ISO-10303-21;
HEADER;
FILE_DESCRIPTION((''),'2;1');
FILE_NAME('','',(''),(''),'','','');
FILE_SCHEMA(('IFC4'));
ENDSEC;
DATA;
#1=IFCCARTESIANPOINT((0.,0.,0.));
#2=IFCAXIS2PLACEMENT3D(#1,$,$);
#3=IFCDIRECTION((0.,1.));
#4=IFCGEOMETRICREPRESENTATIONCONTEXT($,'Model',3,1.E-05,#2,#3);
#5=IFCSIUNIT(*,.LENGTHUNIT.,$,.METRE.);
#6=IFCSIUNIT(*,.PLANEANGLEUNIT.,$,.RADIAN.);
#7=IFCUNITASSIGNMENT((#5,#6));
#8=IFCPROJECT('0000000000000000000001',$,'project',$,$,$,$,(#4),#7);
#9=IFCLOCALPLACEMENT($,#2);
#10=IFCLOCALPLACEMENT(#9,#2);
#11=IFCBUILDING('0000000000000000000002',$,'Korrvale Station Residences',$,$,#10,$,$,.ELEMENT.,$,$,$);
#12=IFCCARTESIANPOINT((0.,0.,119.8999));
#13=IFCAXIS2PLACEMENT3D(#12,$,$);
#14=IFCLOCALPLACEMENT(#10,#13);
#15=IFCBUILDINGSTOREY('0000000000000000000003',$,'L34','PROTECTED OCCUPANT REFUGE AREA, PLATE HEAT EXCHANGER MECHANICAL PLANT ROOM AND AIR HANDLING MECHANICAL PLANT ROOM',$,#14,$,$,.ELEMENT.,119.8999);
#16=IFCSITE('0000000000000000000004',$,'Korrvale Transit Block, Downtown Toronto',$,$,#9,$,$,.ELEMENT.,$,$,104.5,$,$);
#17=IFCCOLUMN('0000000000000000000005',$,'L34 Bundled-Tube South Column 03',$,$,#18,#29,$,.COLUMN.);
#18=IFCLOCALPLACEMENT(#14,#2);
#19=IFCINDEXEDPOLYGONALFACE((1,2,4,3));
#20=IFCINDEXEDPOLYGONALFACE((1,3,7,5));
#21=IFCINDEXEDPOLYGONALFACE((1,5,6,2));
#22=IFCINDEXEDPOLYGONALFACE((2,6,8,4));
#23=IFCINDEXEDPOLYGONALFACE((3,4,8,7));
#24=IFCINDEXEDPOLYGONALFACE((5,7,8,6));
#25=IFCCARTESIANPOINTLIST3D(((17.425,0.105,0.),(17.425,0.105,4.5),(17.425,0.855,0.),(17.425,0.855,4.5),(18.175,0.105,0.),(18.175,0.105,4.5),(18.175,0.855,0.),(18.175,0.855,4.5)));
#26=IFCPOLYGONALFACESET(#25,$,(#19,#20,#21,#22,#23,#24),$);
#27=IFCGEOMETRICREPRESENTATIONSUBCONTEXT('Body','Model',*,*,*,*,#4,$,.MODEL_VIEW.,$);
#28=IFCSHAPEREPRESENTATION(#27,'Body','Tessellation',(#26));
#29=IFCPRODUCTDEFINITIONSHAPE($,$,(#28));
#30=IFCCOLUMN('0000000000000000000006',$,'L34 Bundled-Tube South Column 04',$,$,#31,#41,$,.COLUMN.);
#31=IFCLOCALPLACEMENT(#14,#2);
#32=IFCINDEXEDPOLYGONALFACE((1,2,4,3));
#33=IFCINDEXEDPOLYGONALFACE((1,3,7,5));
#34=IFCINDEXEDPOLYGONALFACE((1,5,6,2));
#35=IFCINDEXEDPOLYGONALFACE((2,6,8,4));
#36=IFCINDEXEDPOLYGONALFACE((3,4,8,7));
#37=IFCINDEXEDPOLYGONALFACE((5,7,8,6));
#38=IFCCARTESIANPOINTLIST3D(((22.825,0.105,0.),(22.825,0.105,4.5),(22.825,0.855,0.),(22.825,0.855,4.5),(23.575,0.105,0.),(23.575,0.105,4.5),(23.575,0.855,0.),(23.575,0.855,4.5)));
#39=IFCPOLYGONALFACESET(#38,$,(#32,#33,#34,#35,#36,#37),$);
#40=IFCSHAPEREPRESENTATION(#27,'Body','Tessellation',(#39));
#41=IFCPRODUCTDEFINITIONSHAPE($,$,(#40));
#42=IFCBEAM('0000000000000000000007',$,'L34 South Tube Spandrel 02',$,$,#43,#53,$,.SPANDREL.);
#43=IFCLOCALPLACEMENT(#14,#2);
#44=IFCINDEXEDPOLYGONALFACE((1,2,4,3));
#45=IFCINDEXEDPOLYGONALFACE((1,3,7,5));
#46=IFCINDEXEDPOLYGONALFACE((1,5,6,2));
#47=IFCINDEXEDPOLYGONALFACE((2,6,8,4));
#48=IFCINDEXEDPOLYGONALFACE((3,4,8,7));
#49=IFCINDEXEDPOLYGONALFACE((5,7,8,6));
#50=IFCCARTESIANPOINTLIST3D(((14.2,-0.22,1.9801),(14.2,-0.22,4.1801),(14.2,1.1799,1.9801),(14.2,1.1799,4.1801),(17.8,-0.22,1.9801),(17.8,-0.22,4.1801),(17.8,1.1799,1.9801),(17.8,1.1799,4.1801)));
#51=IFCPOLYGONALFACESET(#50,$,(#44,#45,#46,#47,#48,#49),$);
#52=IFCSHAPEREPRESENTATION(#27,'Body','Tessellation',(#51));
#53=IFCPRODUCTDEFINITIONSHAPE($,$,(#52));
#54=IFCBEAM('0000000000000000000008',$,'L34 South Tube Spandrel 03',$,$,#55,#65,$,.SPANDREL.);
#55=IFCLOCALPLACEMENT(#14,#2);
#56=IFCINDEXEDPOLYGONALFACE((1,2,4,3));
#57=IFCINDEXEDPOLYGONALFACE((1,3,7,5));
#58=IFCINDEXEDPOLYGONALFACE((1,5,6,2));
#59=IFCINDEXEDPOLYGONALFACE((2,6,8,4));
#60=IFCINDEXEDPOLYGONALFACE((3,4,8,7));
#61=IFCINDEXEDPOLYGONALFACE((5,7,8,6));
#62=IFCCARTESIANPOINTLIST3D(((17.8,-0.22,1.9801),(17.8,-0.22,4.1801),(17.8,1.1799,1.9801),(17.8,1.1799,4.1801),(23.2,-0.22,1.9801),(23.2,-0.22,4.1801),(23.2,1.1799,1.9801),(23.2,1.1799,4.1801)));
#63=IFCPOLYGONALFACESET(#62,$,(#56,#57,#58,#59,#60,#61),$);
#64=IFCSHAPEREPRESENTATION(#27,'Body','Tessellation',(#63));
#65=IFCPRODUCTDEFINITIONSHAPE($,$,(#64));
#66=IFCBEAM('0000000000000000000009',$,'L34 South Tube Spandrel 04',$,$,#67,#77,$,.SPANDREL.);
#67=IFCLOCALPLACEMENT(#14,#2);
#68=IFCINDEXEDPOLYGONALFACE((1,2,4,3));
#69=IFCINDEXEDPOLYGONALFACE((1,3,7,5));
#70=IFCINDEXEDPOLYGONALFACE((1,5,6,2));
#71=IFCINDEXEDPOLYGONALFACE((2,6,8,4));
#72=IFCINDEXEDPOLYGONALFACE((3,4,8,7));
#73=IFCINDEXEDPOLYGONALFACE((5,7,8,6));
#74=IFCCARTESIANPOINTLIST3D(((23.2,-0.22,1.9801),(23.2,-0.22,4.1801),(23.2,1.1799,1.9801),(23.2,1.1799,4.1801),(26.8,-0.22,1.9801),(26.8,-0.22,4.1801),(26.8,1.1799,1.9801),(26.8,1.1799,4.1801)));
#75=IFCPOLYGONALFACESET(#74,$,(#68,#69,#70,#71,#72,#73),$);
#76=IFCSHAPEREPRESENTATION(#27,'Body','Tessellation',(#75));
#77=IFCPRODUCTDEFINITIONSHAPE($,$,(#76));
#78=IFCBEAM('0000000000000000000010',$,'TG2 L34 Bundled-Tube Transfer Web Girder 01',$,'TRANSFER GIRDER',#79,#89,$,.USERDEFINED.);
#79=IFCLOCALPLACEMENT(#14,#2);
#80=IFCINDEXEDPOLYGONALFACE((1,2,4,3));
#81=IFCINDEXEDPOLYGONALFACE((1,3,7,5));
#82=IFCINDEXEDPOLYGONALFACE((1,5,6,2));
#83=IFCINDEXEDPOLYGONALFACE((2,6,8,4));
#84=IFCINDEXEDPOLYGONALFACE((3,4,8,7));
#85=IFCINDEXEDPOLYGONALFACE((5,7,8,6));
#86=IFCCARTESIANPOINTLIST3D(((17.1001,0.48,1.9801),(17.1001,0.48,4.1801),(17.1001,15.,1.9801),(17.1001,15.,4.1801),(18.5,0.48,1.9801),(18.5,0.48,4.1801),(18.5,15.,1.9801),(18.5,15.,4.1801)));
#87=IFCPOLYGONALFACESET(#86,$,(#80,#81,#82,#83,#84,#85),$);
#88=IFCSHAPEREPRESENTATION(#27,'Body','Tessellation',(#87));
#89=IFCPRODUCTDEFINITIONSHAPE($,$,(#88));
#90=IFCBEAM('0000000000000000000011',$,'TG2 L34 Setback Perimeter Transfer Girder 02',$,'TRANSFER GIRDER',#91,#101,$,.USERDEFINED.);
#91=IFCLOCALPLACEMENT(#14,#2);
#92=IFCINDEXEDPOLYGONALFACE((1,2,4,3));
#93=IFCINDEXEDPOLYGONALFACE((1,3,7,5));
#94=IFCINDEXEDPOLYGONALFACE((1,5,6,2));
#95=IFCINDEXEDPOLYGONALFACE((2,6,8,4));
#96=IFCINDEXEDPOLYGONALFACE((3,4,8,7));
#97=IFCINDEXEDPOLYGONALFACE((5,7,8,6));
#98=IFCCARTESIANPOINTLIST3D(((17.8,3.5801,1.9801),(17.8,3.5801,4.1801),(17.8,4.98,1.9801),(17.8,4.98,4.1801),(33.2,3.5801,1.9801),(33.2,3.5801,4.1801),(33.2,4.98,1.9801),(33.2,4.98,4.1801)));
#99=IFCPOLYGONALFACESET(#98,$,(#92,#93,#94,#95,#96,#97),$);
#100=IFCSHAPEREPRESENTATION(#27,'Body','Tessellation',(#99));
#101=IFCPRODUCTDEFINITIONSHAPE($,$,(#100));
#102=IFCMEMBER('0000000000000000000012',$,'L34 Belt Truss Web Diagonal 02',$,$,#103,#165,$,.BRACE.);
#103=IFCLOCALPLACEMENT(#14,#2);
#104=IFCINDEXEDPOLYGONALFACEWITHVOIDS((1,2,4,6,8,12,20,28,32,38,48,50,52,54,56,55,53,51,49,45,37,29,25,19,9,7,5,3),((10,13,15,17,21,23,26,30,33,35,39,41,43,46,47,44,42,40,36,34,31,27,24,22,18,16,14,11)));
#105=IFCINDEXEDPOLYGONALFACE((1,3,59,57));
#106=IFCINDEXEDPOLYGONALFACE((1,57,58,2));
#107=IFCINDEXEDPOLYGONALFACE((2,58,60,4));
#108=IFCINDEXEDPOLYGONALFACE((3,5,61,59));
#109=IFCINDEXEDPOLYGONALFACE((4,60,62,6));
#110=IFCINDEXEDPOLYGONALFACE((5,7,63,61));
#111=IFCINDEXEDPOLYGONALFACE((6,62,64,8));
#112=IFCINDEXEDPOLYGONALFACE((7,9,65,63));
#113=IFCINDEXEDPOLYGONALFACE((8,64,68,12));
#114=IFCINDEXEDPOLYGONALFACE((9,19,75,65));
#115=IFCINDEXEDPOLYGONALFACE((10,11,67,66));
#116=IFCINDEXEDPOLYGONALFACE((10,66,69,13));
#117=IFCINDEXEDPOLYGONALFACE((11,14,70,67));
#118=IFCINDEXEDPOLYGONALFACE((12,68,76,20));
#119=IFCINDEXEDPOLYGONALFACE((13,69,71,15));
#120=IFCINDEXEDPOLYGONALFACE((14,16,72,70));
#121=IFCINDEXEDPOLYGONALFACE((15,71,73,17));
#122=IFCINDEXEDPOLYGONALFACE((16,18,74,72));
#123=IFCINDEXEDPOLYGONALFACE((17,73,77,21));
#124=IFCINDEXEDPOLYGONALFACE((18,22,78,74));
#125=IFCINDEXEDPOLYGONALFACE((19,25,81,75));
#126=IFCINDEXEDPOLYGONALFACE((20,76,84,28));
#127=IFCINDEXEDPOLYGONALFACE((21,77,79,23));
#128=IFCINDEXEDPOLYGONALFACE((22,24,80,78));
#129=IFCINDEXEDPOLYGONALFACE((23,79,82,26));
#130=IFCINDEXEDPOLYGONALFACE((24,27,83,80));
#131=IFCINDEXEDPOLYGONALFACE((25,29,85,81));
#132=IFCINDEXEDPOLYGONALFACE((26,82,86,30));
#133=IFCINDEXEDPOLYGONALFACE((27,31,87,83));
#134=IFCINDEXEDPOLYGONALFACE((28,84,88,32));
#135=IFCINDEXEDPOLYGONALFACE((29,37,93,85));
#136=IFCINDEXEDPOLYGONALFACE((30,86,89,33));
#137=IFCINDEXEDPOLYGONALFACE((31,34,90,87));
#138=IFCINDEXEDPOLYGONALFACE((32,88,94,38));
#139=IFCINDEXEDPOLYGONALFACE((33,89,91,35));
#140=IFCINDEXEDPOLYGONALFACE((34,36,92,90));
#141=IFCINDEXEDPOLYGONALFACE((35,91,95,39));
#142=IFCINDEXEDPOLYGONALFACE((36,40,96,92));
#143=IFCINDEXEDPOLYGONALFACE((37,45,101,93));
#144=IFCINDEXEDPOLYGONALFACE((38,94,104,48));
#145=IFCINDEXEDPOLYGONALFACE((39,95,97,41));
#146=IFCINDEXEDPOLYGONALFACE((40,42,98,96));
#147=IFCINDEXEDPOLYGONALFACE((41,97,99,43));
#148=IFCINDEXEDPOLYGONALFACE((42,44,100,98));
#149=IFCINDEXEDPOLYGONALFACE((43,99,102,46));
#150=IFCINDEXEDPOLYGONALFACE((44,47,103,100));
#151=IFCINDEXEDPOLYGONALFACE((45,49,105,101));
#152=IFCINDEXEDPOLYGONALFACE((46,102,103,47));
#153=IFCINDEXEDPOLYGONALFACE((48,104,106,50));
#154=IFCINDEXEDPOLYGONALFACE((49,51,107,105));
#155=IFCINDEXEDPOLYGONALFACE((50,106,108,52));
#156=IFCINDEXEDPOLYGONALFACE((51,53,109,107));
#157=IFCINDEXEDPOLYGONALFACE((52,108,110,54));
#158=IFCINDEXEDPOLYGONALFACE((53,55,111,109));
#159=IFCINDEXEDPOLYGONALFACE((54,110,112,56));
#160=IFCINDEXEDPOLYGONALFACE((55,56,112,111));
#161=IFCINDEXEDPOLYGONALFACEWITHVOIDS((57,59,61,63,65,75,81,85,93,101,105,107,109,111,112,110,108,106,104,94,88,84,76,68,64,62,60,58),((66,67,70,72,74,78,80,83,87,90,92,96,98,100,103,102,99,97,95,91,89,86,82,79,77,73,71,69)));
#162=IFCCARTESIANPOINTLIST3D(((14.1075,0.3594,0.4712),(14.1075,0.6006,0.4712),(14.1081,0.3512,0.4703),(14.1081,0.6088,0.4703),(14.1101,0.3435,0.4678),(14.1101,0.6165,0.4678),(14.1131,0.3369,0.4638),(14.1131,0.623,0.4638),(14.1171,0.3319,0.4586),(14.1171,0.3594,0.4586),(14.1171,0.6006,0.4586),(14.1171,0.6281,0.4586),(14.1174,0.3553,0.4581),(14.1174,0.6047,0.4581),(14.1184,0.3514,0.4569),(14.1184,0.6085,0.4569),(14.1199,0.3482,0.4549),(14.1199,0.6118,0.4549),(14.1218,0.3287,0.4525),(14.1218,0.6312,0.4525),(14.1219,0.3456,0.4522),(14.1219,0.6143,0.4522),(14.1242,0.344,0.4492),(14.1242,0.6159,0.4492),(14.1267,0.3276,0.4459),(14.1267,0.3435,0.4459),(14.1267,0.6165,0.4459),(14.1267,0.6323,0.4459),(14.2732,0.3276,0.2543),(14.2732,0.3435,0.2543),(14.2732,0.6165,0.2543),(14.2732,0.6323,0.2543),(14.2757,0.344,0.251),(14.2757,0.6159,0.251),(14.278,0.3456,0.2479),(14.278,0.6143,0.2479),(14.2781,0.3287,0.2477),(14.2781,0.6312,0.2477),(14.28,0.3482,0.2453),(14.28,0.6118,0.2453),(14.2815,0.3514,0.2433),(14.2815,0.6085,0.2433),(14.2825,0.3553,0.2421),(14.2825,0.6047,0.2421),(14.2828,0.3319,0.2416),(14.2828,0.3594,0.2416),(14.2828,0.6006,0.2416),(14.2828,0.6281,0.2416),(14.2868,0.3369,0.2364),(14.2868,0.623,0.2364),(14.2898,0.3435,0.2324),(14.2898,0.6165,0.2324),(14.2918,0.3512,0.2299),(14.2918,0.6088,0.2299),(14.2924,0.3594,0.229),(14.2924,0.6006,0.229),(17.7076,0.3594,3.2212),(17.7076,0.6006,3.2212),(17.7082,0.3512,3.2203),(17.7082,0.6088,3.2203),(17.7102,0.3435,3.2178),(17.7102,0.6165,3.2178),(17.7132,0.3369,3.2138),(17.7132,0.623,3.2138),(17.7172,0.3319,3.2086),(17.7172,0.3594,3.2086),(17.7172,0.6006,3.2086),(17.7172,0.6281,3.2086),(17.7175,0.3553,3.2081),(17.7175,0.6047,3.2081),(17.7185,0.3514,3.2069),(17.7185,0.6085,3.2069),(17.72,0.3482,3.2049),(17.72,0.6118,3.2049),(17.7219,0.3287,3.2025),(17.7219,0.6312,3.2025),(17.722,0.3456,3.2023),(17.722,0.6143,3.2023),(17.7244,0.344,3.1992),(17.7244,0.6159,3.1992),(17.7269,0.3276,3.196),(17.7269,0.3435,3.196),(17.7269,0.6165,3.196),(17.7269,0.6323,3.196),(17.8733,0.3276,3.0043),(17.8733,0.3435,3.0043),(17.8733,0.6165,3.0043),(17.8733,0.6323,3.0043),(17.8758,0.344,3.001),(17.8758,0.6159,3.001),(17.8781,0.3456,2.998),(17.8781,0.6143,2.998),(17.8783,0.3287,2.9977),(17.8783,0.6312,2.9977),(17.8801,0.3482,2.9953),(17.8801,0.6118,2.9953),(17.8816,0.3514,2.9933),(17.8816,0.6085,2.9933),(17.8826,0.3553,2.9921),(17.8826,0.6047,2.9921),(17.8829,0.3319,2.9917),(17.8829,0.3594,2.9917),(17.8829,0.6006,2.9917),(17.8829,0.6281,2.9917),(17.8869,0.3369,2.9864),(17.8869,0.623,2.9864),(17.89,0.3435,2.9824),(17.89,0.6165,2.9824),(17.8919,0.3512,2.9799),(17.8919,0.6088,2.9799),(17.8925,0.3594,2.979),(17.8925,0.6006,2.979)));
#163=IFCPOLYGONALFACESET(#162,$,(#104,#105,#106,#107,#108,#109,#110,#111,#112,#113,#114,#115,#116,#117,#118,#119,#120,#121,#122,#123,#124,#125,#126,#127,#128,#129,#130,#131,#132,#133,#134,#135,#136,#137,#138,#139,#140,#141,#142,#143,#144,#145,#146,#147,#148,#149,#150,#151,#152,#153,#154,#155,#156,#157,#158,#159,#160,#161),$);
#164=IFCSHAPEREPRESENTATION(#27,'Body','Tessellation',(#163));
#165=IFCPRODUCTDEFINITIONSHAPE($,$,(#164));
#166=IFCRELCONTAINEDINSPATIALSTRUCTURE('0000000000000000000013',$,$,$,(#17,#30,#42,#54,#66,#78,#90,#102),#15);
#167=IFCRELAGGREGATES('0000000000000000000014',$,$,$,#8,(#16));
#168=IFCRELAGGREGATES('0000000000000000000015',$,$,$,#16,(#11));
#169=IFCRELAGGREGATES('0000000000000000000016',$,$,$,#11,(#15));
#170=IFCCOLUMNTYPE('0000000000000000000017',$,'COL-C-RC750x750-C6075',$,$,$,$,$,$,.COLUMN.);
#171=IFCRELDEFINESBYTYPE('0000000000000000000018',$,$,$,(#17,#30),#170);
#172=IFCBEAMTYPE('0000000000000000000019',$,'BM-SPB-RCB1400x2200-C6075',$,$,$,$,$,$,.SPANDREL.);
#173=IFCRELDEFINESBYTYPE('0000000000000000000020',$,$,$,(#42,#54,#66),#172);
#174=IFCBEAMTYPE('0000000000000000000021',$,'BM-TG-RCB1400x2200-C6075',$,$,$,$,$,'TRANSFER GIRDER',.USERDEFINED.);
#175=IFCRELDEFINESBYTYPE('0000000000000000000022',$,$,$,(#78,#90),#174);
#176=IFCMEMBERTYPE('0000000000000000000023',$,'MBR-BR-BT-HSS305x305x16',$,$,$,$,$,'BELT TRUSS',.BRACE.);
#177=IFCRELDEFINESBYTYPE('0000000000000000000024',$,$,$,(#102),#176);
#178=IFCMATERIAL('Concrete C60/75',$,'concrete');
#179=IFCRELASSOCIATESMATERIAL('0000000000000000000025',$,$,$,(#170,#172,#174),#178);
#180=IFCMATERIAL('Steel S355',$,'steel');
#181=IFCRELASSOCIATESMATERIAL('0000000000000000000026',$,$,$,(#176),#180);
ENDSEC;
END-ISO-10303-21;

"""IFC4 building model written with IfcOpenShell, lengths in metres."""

from ifc_helpers import new_model, si_unit, direction, frame, origin, origin_2d, place, context, subcontext, project, spatial, rectangle, hollow_rectangle, extrude, material, material_profile, profile_set, type_object, element, save


model = new_model("IFC4")

# Units and contexts
model_context = context("Model", 3, precision=1e-05, world=origin(), true_north=direction((0.0, 1.0)))
body_context = subcontext(model_context, "Body", "Model", "MODEL_VIEW")
ifc_project = project(units=[si_unit("LENGTHUNIT", "METRE"), si_unit("PLANEANGLEUNIT", "RADIAN")], contexts=[model_context])

# Site, building, storey
site_placement = place(None, origin())
site = spatial("IfcSite", under=ifc_project, at=site_placement, Name="Korrvale Transit Block, Downtown Toronto", CompositionType="ELEMENT", RefElevation=104.5)
building_placement = place(site_placement, origin())
building = spatial("IfcBuilding", under=site, at=building_placement, Name="Korrvale Station Residences", CompositionType="ELEMENT")
storey_placement = place(building_placement, frame((0.0, 0.0, 119.8999)))
storey = spatial("IfcBuildingStorey", under=building, at=storey_placement, Name="L34", Description="PROTECTED OCCUPANT REFUGE AREA, PLATE HEAT EXCHANGER MECHANICAL PLANT ROOM AND AIR HANDLING MECHANICAL PLANT ROOM", CompositionType="ELEMENT", Elevation=119.8999)

# Columns
ifc_material_1 = material(Name="Concrete C60/75", Category="concrete")
ifc_material_profile_1 = material_profile(ifc_material_1, rectangle(XDim=0.75, YDim=0.75, at=origin_2d()), Name="RC750x750")
ifc_profile_set_1 = profile_set([ifc_material_profile_1], Name="Concrete C60/75")
column_type = type_object("IfcColumnType", Name="COL-C-RC750x750-C6075", PredefinedType="COLUMN", material=ifc_profile_set_1)
for number, where, z_axis, x_axis, name in (
    (1, (17.8, 0.48, 0.0), (0.0, 0.0, 1.0), (1.0, 0.0, 0.0), "L34 Bundled-Tube South Column 03"),
    (2, (23.2, 0.48, 0.0), (0.0, 0.0, 1.0), (1.0, 0.0, 0.0), "L34 Bundled-Tube South Column 04"),
):
    element("IfcColumn", number, at=place(storey_placement, frame(where, z_axis=z_axis, x_axis=x_axis)), inside=storey, type_object=column_type, Name=name, PredefinedType="COLUMN", context=body_context, shape_type="SweptSolid", body=[
        extrude(rectangle(XDim=0.75, YDim=0.75, at=origin_2d()), origin(), (0.0, 0.0, 1.0), 4.5),
    ])

# Beams
ifc_material_profile_2 = material_profile(ifc_material_1, rectangle(XDim=1.3999, YDim=2.2, at=origin_2d()), Name="RCB1400x2200")
ifc_profile_set_2 = profile_set([ifc_material_profile_2], Name="Concrete C60/75")
beam_type_1 = type_object("IfcBeamType", Name="BM-SPB-RCB1400x2200-C6075", PredefinedType="SPANDREL", material=ifc_profile_set_2)
beam_1_placement = place(storey_placement, frame((14.2, 0.48, 3.0801), z_axis=(1.0, 0.0, 0.0), x_axis=(0.0, 1.0, 0.0)))
element("IfcBeam", 3, at=beam_1_placement, inside=storey, type_object=beam_type_1, Name="L34 South Tube Spandrel 02", PredefinedType="SPANDREL", context=body_context, shape_type="SweptSolid", body=[
    extrude(rectangle(XDim=1.3999, YDim=2.2, at=origin_2d()), origin(), (0.0, 0.0, 1.0), 3.6001),
])
beam_2_placement = place(storey_placement, frame((17.8, 0.48, 3.0801), z_axis=(1.0, 0.0, 0.0), x_axis=(0.0, 1.0, 0.0)))
element("IfcBeam", 4, at=beam_2_placement, inside=storey, type_object=beam_type_1, Name="L34 South Tube Spandrel 03", PredefinedType="SPANDREL", context=body_context, shape_type="SweptSolid", body=[
    extrude(rectangle(XDim=1.3999, YDim=2.2, at=origin_2d()), origin(), (0.0, 0.0, 1.0), 5.3999),
])
beam_3_placement = place(storey_placement, frame((23.2, 0.48, 3.0801), z_axis=(1.0, 0.0, 0.0), x_axis=(0.0, 1.0, 0.0)))
element("IfcBeam", 5, at=beam_3_placement, inside=storey, type_object=beam_type_1, Name="L34 South Tube Spandrel 04", PredefinedType="SPANDREL", context=body_context, shape_type="SweptSolid", body=[
    extrude(rectangle(XDim=1.3999, YDim=2.2, at=origin_2d()), origin(), (0.0, 0.0, 1.0), 3.6001),
])
ifc_material_profile_3 = material_profile(ifc_material_1, rectangle(XDim=1.3999, YDim=2.2, at=origin_2d()), Name="RCB1400x2200")
ifc_profile_set_3 = profile_set([ifc_material_profile_3], Name="Concrete C60/75")
beam_type_2 = type_object("IfcBeamType", Name="BM-TG-RCB1400x2200-C6075", ElementType="TRANSFER GIRDER", PredefinedType="USERDEFINED", material=ifc_profile_set_3)
beam_4_placement = place(storey_placement, frame((17.8, 0.48, 3.0801), z_axis=(0.0, 1.0, 0.0), x_axis=(-1.0, 0.0, 0.0)))
element("IfcBeam", 6, at=beam_4_placement, inside=storey, type_object=beam_type_2, Name="TG2 L34 Bundled-Tube Transfer Web Girder 01", ObjectType="TRANSFER GIRDER", PredefinedType="USERDEFINED", context=body_context, shape_type="SweptSolid", body=[
    extrude(rectangle(XDim=1.3999, YDim=2.2, at=origin_2d()), origin(), (0.0, 0.0, 1.0), 14.52),
])
beam_5_placement = place(storey_placement, frame((17.8, 4.28, 3.0801), z_axis=(1.0, 0.0, 0.0), x_axis=(0.0, 1.0, 0.0)))
element("IfcBeam", 7, at=beam_5_placement, inside=storey, type_object=beam_type_2, Name="TG2 L34 Setback Perimeter Transfer Girder 02", ObjectType="TRANSFER GIRDER", PredefinedType="USERDEFINED", context=body_context, shape_type="SweptSolid", body=[
    extrude(rectangle(XDim=1.3999, YDim=2.2, at=origin_2d()), origin(), (0.0, 0.0, 1.0), 15.3999),
])

# Member
ifc_material_2 = material(Name="Steel S355", Category="steel")
ifc_material_profile_4 = material_profile(ifc_material_2, hollow_rectangle(XDim=0.3047, YDim=0.3047, WallThickness=0.0159, InnerFilletRadius=0.0159, OuterFilletRadius=0.0317, at=origin_2d()), Name="HSS305x305x16")
ifc_profile_set_4 = profile_set([ifc_material_profile_4], Name="Steel S355")
member_type_1 = type_object("IfcMemberType", Name="MBR-BR-BT-HSS305x305x16", ElementType="BELT TRUSS", PredefinedType="BRACE", material=ifc_profile_set_4)
member_1_placement = place(storey_placement, frame((14.2, 0.48, 0.3501), z_axis=(0.794679, 0.0, 0.60703), x_axis=(0.0, 1.0, 0.0)))
element("IfcMember", 8, at=member_1_placement, inside=storey, type_object=member_type_1, Name="L34 Belt Truss Web Diagonal 02", PredefinedType="BRACE", context=body_context, shape_type="SweptSolid", body=[
    extrude(hollow_rectangle(XDim=0.3047, YDim=0.3047, WallThickness=0.0159, InnerFilletRadius=0.0159, OuterFilletRadius=0.0317, at=origin_2d()), origin(), (0.0, 0.0, 1.0), 4.5303),
])

save(model, "model.ifc")
